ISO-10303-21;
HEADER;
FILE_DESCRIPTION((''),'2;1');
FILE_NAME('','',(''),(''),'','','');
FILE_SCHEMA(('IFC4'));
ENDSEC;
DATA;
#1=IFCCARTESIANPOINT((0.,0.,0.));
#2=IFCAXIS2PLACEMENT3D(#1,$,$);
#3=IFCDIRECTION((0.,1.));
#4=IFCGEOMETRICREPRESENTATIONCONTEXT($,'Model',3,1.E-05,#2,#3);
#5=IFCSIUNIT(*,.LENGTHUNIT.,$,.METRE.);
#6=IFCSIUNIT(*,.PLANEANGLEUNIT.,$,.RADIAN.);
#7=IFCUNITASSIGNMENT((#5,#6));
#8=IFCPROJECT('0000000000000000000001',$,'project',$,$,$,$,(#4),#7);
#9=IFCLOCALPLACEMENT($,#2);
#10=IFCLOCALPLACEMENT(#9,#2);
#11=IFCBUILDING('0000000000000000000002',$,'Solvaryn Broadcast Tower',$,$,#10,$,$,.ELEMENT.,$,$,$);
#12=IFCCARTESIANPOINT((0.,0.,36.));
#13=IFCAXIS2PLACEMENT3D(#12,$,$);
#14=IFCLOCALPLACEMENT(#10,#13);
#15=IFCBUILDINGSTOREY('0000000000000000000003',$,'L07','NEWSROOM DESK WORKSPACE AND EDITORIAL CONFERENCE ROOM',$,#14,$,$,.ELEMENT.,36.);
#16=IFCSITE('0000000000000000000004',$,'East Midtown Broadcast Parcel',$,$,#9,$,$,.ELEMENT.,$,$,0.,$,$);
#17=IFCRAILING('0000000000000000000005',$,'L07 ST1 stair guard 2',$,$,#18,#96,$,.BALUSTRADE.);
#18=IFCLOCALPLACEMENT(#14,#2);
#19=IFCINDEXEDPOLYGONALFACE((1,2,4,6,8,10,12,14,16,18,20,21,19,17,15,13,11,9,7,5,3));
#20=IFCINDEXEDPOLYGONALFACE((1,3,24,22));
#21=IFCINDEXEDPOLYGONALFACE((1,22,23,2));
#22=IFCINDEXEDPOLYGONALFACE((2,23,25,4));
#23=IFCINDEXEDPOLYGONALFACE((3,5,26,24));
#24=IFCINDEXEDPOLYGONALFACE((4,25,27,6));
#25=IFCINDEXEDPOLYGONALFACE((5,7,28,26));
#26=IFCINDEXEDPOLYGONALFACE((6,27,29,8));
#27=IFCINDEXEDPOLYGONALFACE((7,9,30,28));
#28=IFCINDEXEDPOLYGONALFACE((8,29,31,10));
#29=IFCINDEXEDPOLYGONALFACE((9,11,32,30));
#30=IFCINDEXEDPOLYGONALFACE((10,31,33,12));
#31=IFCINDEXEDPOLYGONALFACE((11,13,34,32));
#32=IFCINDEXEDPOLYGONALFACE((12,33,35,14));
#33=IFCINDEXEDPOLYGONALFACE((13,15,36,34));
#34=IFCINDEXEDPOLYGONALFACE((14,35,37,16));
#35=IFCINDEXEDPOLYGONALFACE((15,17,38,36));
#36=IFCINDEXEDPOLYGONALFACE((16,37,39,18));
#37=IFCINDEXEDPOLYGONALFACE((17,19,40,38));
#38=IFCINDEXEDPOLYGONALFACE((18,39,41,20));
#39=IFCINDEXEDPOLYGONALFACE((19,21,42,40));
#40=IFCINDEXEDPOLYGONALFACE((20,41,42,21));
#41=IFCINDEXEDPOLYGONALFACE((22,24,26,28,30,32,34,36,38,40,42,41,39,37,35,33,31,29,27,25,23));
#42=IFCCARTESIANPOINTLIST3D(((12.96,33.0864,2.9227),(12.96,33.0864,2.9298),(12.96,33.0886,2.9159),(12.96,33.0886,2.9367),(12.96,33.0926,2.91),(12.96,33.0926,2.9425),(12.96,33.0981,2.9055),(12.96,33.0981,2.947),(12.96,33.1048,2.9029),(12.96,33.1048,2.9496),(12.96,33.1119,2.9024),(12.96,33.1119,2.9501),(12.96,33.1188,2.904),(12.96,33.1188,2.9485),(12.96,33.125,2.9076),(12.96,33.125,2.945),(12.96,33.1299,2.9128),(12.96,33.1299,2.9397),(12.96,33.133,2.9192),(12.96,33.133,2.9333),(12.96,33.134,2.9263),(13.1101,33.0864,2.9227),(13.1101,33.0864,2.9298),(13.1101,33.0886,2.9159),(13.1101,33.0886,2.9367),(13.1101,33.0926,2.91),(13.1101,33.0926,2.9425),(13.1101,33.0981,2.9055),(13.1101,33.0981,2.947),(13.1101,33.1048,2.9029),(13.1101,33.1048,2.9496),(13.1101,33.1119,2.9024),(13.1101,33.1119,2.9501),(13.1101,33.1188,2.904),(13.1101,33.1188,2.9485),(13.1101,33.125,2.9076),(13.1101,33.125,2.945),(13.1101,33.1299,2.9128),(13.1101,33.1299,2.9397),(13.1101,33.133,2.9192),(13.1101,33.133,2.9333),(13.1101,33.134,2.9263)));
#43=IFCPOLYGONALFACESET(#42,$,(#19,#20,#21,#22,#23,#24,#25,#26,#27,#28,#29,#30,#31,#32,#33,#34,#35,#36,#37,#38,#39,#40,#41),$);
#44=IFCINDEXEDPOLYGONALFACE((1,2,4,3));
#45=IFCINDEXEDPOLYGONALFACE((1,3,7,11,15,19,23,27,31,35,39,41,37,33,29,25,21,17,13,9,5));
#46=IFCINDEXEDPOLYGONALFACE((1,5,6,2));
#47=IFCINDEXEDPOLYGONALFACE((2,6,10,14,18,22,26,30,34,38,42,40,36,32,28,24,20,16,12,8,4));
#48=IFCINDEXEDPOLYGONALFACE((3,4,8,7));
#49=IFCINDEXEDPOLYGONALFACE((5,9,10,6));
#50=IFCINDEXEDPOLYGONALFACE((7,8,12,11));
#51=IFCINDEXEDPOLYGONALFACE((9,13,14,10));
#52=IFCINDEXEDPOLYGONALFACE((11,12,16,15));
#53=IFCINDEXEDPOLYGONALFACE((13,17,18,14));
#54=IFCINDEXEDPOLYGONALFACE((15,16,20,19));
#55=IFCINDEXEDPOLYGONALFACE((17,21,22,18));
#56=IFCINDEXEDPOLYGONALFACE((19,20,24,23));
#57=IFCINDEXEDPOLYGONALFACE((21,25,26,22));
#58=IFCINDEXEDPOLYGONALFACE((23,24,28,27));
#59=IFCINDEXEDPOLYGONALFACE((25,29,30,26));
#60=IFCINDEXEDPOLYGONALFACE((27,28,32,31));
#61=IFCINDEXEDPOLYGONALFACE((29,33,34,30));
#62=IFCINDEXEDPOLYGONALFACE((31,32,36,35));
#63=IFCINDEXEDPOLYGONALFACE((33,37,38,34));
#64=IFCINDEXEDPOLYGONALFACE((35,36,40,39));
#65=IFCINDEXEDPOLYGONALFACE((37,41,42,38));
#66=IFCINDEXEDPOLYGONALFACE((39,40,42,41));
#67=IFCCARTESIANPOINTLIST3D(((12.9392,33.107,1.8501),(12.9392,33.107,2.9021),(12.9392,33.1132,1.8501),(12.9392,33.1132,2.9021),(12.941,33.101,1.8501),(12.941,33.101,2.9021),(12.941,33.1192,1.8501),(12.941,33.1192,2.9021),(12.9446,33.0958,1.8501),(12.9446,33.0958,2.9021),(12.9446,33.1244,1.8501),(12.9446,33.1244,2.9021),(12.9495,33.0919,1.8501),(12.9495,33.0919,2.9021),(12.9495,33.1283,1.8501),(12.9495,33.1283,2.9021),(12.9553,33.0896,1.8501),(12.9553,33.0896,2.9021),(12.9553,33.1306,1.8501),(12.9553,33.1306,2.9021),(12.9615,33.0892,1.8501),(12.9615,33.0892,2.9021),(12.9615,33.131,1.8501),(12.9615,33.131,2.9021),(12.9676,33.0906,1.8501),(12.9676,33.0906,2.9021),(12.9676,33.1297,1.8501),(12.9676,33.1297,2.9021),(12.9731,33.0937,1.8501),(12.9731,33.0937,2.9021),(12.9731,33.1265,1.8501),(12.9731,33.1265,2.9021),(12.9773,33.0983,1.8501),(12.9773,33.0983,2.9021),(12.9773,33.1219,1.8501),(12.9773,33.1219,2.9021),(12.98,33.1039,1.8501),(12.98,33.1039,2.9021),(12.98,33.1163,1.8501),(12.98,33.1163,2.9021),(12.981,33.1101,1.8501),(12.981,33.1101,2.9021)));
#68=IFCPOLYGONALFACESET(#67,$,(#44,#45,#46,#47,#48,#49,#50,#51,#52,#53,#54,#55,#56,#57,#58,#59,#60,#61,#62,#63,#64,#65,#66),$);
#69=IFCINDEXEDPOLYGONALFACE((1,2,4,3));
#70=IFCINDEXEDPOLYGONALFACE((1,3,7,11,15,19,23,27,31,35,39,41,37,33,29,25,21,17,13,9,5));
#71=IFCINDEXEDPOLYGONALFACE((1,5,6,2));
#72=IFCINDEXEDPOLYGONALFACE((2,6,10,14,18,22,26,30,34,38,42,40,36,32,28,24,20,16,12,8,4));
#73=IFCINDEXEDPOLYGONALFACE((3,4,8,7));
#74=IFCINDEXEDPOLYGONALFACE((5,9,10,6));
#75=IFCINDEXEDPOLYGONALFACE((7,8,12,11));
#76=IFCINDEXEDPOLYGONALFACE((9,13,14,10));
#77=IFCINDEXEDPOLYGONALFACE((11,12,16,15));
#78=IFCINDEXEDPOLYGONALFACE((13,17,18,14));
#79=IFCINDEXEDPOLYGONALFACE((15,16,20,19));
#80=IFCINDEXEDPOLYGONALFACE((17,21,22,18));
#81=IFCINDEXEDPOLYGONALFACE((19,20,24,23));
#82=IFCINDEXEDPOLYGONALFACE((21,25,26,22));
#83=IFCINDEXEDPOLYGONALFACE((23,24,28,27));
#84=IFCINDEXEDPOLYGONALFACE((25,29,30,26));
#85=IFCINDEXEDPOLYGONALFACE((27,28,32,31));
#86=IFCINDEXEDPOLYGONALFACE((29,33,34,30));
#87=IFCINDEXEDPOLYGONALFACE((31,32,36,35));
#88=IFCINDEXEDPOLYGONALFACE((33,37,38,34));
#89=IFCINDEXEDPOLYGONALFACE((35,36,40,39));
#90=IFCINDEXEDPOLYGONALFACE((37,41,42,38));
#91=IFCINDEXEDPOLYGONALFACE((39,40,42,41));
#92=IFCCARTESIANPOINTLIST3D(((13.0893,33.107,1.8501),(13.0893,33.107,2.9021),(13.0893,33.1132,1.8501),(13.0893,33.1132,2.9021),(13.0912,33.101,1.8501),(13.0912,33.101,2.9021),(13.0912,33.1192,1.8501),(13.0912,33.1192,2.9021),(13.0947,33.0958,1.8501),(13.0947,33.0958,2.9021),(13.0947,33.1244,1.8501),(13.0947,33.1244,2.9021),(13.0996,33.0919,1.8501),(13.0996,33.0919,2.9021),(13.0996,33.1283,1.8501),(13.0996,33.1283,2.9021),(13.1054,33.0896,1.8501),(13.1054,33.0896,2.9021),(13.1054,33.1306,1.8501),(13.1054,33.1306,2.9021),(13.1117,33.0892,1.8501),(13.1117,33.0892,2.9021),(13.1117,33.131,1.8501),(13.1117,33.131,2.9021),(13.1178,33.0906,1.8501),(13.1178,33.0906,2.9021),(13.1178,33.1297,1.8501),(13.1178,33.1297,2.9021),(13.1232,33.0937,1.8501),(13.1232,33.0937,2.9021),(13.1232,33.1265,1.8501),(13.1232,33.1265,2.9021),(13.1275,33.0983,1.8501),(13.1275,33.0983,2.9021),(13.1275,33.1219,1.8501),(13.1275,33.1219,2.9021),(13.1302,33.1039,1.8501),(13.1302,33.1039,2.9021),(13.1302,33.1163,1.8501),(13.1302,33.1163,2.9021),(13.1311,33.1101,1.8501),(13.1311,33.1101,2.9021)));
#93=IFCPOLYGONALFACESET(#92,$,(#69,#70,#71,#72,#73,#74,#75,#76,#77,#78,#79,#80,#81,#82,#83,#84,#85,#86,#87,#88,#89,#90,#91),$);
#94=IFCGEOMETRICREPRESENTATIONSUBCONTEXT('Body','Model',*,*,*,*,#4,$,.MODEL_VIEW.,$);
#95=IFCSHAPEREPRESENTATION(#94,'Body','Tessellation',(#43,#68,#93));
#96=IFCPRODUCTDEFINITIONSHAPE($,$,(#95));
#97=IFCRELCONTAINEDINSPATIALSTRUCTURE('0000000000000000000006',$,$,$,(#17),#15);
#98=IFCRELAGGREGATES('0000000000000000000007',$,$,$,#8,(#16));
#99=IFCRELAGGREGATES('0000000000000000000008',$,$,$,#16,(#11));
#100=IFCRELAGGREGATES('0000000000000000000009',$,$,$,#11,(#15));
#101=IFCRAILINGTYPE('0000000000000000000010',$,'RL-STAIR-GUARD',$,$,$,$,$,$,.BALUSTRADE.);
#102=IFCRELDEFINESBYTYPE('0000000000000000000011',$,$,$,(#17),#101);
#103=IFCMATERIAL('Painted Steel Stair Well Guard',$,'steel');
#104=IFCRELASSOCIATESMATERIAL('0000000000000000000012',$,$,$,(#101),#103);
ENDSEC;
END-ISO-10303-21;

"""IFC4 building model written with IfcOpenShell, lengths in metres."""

from ifc_helpers import new_model, si_unit, direction, frame, origin, origin_2d, place, context, subcontext, project, spatial, circle, extrude, material, type_object, element, save


model = new_model("IFC4")

# Units and contexts
model_context = context("Model", 3, precision=1e-05, world=origin(), true_north=direction((0.0, 1.0)))
body_context = subcontext(model_context, "Body", "Model", "MODEL_VIEW")
ifc_project = project(units=[si_unit("LENGTHUNIT", "METRE"), si_unit("PLANEANGLEUNIT", "RADIAN")], contexts=[model_context])

# Site, building, storey
site_placement = place(None, origin())
site = spatial("IfcSite", under=ifc_project, at=site_placement, Name="East Midtown Broadcast Parcel", CompositionType="ELEMENT", RefElevation=0.0)
building_placement = place(site_placement, origin())
building = spatial("IfcBuilding", under=site, at=building_placement, Name="Solvaryn Broadcast Tower", CompositionType="ELEMENT")
storey_placement = place(building_placement, frame((0.0, 0.0, 36.0)))
storey = spatial("IfcBuildingStorey", under=building, at=storey_placement, Name="L07", Description="NEWSROOM DESK WORKSPACE AND EDITORIAL CONFERENCE ROOM", CompositionType="ELEMENT", Elevation=36.0)

# Railing
ifc_material_1 = material(Name="Painted Steel Stair Well Guard", Category="steel")
railing_type_1 = type_object("IfcRailingType", Name="RL-STAIR-GUARD", PredefinedType="BALUSTRADE", material=ifc_material_1)
railing_1_placement = place(storey_placement, frame((12.96, 33.1101, 1.8501)))
element("IfcRailing", 1, at=railing_1_placement, inside=storey, type_object=railing_type_1, Name="L07 ST1 stair guard 2", PredefinedType="BALUSTRADE", context=body_context, shape_type="SweptSolid", body=[
    extrude(circle(Radius=0.0239, at=origin_2d()), frame((0.0, 0.0, 1.0762), z_axis=(1.0, 0.0, 0.0), x_axis=(0.0, 1.0, 0.0)), (0.0, 0.0, 1.0), 0.1501),
    extrude(circle(Radius=0.021, at=origin_2d()), origin(), (0.0, 0.0, 1.0), 1.052),
    extrude(circle(Radius=0.021, at=origin_2d()), frame((0.1501, 0.0, 0.0)), (0.0, 0.0, 1.0), 1.052),
])

save(model, "model.ifc")
